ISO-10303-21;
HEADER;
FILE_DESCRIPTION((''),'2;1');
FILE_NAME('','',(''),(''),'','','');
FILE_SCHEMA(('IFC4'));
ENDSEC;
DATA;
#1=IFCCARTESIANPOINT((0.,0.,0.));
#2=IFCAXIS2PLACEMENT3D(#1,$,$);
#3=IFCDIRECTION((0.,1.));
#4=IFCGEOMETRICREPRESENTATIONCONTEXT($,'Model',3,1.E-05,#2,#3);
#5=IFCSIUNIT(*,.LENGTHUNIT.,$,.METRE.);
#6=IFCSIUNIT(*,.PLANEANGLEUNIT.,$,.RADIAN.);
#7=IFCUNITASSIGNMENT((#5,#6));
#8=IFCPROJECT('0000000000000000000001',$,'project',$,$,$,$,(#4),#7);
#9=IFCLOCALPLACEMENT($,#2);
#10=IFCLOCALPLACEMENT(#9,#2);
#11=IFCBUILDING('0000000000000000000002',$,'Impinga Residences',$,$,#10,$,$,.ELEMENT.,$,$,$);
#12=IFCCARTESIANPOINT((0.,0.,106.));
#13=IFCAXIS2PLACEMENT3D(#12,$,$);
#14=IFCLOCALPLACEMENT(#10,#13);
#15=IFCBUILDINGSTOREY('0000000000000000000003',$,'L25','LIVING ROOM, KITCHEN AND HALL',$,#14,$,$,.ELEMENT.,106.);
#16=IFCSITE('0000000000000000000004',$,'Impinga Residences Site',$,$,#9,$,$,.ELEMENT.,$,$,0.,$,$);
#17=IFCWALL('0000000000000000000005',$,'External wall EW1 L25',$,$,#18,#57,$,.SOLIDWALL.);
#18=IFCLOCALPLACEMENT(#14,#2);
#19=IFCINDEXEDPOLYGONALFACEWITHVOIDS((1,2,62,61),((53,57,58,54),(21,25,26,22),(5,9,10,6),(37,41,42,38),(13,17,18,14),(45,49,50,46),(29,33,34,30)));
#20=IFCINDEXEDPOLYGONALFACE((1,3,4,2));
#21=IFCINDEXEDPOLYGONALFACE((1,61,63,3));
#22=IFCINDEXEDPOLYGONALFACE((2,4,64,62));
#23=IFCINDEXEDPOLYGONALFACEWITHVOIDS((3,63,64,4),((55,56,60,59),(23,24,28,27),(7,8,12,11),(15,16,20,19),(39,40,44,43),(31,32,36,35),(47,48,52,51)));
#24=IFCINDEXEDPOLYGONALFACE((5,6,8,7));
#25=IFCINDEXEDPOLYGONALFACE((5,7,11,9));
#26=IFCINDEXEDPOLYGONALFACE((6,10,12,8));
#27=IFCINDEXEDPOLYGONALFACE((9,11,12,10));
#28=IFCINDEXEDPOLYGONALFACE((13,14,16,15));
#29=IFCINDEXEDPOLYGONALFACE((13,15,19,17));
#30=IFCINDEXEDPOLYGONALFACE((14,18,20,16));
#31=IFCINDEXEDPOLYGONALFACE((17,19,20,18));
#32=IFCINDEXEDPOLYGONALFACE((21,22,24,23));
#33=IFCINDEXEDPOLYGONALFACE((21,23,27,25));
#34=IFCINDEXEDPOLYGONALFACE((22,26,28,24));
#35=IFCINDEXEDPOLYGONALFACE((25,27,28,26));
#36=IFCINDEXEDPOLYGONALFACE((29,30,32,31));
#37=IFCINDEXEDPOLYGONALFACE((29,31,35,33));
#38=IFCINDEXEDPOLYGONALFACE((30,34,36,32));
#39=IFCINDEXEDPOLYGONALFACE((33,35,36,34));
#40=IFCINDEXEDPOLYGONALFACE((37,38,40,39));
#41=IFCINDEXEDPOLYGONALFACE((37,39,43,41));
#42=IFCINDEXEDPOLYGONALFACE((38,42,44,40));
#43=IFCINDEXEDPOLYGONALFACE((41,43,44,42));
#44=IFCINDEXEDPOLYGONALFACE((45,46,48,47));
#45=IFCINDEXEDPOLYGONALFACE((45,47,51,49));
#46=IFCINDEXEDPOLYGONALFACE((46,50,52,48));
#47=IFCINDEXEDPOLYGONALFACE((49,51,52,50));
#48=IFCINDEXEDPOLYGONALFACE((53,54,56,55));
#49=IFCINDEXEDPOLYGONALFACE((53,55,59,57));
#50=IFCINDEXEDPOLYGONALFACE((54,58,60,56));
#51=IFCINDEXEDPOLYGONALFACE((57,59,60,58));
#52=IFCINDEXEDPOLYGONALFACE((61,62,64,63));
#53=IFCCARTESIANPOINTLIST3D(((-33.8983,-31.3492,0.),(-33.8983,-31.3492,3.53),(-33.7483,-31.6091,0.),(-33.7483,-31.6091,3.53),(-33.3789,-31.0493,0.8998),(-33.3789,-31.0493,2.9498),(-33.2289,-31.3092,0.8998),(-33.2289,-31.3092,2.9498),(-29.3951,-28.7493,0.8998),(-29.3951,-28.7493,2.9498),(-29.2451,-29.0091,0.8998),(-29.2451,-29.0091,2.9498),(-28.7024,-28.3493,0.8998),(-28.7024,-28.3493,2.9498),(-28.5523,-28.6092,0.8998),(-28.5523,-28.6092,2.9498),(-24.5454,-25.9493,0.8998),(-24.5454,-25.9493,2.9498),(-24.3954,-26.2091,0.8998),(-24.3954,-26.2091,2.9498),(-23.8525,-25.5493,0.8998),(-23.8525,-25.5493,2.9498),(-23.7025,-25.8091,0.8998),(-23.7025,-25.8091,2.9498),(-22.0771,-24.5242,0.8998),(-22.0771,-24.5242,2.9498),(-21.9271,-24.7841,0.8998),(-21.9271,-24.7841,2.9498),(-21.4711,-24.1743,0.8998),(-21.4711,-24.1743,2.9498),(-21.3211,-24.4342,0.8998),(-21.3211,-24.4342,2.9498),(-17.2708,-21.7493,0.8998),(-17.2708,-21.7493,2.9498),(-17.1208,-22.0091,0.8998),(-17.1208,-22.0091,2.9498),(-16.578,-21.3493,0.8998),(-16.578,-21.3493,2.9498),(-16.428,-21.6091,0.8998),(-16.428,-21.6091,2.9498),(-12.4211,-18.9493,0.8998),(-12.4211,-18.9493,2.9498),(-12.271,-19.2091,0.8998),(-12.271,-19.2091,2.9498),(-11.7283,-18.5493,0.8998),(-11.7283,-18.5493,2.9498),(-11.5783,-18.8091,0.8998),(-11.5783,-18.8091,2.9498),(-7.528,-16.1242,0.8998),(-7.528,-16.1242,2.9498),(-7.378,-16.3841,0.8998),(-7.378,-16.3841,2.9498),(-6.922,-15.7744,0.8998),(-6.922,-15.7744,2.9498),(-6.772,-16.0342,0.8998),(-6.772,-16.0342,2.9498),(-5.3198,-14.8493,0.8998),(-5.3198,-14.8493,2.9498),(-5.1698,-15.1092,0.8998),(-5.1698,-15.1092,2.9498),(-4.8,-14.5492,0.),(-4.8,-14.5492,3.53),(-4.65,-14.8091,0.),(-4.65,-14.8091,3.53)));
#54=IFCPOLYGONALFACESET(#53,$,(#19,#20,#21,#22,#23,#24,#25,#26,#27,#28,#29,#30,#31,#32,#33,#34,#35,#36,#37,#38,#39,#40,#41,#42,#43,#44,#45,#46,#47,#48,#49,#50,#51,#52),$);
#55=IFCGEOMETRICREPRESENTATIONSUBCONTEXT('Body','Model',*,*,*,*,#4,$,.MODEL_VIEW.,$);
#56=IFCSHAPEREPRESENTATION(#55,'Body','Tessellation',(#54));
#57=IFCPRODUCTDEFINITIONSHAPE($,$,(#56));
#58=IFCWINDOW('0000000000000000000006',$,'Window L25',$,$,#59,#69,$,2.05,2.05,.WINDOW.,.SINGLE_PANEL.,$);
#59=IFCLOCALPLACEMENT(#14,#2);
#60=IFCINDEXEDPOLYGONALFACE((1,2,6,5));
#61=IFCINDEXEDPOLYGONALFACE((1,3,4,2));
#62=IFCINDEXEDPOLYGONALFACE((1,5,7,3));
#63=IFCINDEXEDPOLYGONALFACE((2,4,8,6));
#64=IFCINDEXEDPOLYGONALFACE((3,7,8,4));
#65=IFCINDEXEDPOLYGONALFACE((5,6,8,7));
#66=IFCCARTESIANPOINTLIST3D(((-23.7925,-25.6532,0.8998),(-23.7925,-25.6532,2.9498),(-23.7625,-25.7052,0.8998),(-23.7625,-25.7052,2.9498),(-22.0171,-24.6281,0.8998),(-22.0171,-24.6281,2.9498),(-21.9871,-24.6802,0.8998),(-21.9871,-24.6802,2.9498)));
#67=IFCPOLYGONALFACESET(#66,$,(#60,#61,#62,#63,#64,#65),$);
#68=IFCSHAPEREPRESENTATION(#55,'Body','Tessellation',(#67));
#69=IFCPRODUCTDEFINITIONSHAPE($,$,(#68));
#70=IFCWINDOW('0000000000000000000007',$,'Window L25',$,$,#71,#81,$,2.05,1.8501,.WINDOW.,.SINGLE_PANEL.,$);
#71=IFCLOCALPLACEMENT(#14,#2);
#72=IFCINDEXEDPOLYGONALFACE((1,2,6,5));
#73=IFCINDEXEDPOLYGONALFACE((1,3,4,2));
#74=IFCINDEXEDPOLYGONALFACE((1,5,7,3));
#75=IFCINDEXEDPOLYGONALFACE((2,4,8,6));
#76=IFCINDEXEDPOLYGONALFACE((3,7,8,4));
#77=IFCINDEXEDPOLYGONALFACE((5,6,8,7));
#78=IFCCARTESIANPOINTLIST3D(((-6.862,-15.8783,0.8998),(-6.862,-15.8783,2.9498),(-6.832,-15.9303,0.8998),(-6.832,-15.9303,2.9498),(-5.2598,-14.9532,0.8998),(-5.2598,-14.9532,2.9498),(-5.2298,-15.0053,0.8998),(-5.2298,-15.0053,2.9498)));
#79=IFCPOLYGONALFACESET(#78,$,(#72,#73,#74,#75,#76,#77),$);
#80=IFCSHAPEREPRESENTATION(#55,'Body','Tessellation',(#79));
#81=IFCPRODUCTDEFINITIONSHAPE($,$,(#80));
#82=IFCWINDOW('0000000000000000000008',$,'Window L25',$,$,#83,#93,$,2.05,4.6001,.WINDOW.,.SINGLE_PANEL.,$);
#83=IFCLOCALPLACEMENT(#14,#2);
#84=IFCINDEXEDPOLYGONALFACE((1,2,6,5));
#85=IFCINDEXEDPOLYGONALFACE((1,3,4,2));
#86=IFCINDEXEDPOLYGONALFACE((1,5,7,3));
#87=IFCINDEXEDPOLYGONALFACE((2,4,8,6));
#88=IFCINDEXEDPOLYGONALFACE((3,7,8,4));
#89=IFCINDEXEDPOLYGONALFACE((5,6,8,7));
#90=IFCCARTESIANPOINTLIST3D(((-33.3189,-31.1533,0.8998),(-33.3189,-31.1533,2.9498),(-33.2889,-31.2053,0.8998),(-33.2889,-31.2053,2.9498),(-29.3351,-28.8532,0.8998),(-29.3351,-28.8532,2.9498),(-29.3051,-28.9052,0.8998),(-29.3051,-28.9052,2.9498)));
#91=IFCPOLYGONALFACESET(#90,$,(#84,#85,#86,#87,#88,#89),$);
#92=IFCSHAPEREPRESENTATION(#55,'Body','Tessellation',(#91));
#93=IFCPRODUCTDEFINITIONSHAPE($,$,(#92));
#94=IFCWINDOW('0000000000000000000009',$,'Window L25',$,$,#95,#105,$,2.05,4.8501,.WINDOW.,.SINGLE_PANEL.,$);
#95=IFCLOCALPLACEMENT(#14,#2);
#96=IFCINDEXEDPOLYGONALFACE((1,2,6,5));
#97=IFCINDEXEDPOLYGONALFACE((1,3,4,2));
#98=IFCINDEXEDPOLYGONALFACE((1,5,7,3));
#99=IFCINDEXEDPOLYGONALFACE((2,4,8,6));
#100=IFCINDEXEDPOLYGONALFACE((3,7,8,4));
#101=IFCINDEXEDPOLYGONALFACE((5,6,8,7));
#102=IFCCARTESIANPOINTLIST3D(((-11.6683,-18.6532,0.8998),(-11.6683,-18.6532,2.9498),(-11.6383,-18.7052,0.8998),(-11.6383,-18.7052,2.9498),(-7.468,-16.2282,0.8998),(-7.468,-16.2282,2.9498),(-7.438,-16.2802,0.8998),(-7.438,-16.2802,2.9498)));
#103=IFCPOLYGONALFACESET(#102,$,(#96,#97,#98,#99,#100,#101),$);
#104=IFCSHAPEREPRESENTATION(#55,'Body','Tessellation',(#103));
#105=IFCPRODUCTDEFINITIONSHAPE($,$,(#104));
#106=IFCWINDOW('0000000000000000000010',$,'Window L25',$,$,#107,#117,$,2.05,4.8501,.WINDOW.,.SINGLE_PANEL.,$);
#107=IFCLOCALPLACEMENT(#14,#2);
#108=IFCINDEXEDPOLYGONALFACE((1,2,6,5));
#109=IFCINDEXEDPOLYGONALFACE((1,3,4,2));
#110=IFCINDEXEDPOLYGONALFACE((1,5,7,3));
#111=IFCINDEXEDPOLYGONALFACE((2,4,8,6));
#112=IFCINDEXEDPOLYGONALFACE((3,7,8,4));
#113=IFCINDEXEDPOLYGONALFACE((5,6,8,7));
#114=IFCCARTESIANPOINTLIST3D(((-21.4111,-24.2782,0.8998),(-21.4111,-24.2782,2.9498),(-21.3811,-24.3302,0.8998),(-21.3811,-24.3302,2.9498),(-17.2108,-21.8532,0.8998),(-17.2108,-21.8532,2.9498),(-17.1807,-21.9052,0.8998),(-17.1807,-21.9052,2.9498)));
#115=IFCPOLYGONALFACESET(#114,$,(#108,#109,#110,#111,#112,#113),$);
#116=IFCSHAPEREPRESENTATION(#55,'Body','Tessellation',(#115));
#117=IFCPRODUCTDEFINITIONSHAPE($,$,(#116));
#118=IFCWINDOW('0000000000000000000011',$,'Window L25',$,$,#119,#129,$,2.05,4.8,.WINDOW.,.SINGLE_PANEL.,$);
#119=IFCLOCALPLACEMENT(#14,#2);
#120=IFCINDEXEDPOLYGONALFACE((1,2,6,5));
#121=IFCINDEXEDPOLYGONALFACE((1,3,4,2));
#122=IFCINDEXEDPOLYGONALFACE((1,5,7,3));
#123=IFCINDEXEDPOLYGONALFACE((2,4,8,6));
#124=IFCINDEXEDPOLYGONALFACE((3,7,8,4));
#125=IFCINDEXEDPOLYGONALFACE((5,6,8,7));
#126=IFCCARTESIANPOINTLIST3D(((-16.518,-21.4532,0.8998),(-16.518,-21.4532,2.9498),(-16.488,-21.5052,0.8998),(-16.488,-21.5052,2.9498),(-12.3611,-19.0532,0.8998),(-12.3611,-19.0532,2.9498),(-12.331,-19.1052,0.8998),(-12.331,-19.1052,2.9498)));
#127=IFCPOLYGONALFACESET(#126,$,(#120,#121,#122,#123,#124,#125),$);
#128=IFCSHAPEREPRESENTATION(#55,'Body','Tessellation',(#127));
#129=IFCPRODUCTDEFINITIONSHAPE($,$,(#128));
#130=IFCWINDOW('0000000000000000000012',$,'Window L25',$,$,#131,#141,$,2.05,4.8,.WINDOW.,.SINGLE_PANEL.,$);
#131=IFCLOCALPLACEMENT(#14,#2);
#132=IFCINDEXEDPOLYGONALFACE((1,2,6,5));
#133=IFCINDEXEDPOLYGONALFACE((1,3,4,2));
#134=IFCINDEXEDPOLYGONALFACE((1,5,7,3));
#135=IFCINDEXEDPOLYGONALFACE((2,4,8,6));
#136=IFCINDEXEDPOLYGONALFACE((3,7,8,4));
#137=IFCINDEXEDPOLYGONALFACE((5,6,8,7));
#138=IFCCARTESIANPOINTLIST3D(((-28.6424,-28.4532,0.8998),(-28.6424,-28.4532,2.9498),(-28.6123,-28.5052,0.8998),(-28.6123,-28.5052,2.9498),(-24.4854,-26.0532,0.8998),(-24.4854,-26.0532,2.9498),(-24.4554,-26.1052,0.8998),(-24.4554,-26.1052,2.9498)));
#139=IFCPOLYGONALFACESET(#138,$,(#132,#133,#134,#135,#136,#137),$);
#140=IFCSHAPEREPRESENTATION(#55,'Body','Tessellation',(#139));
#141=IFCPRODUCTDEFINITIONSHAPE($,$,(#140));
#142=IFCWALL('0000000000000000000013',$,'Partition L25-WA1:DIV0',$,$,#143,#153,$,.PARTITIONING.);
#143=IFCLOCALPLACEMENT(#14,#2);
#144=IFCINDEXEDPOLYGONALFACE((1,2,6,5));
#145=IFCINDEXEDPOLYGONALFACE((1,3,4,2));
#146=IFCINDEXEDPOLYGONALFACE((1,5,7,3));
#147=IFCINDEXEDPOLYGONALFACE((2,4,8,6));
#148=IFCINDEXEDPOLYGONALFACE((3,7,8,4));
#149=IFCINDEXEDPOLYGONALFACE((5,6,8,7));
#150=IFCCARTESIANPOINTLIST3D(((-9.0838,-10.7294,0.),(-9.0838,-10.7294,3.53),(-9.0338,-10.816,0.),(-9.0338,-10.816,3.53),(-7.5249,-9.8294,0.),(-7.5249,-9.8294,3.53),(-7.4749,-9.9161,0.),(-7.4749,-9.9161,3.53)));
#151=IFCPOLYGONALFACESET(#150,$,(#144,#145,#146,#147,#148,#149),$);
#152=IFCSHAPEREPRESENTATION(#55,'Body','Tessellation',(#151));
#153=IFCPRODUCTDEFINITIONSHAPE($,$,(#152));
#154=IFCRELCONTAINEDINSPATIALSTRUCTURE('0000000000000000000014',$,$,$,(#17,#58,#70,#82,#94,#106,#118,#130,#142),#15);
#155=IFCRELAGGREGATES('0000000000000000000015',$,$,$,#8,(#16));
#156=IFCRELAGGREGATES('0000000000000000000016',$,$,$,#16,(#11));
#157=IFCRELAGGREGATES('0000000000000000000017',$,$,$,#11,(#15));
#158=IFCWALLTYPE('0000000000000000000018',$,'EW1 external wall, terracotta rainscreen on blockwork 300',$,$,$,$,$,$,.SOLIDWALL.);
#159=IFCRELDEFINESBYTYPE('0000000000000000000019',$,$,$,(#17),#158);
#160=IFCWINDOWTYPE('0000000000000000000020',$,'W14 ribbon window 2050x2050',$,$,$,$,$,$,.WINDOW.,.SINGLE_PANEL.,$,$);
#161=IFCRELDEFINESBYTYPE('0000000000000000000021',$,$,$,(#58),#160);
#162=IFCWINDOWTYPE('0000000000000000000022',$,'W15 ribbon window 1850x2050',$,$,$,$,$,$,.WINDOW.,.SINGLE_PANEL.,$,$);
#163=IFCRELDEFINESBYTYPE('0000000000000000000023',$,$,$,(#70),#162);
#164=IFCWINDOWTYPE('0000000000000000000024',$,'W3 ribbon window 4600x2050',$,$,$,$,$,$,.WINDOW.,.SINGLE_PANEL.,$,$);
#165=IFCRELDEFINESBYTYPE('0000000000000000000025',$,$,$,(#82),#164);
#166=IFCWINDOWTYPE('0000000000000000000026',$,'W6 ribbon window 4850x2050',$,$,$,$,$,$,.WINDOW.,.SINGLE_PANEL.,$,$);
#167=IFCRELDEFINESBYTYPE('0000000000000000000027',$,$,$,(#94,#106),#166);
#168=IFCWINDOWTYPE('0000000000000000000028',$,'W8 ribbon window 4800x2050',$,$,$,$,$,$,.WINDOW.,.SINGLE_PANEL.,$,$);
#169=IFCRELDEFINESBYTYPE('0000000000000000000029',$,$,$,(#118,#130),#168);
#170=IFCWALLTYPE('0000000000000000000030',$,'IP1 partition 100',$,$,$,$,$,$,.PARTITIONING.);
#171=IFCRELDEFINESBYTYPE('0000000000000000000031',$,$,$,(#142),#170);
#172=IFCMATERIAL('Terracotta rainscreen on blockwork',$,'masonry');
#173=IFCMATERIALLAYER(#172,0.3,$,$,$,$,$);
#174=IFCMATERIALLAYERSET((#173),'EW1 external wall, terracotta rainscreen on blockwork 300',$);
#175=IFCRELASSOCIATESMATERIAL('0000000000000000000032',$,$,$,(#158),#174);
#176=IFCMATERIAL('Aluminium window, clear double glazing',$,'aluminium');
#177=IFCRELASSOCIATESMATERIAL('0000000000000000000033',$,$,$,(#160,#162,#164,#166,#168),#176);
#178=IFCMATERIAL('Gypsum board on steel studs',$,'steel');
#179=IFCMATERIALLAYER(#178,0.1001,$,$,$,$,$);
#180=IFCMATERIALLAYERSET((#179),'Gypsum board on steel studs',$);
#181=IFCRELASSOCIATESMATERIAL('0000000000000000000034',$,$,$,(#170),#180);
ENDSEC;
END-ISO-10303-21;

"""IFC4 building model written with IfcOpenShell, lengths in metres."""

from ifc_helpers import new_model, si_unit, direction, frame, frame_2d, origin, place, context, subcontext, project, spatial, rectangle, extrude, material, layer, layer_set, type_object, element, fill, save


model = new_model("IFC4")

# Units and contexts
model_context = context("Model", 3, precision=1e-05, world=origin(), true_north=direction((0.0, 1.0)))
body_context = subcontext(model_context, "Body", "Model", "MODEL_VIEW")
ifc_project = project(units=[si_unit("LENGTHUNIT", "METRE"), si_unit("PLANEANGLEUNIT", "RADIAN")], contexts=[model_context])

# Site, building, storey
site_placement = place(None, origin())
site = spatial("IfcSite", under=ifc_project, at=site_placement, Name="Impinga Residences Site", CompositionType="ELEMENT", RefElevation=0.0)
building_placement = place(site_placement, origin())
building = spatial("IfcBuilding", under=site, at=building_placement, Name="Impinga Residences", CompositionType="ELEMENT")
storey_placement = place(building_placement, frame((0.0, 0.0, 106.0)))
storey = spatial("IfcBuildingStorey", under=building, at=storey_placement, Name="L25", Description="LIVING ROOM, KITCHEN AND HALL", CompositionType="ELEMENT", Elevation=106.0)

# Shared definitions
ifc_material_1 = material(Name="Terracotta rainscreen on blockwork", Category="masonry")
ifc_layer_1 = layer(ifc_material_1, 0.3)
ifc_layer_set_1 = layer_set([ifc_layer_1], Name="EW1 external wall, terracotta rainscreen on blockwork 300")
wall_type_1 = type_object("IfcWallType", Name="EW1 external wall, terracotta rainscreen on blockwork 300", PredefinedType="SOLIDWALL", material=ifc_layer_set_1)

# Wall, openings, windows
wall_1_placement = place(storey_placement, frame((-4.7251, -14.6792, 0.0), z_axis=(0.0, 0.0, 1.0), x_axis=(-0.866024, -0.500002, 0.0)))
wall_1 = element("IfcWall", 1, at=wall_1_placement, inside=storey, type_object=wall_type_1, Name="External wall EW1 L25", PredefinedType="SOLIDWALL", context=body_context, shape_type="SweptSolid", body=[
    extrude(rectangle(XDim=33.5999, YDim=0.3, at=frame_2d((16.7998, 0.0))), origin(), (0.0, 0.0, 1.0), 3.53),
])
opening_1_placement = place(wall_1_placement, frame((0.6001, 0.0, 0.8999)))
opening_1 = element("IfcOpeningElement", 2, at=opening_1_placement, cuts=wall_1, PredefinedType="OPENING", context=body_context, shape_type="SweptSolid", body=[
    extrude(rectangle(XDim=1.8501, YDim=2.05, at=frame_2d((0.925, 1.0249))), frame((0.0, 0.1599, 0.0), z_axis=(0.0, -1.0, 0.0), x_axis=(1.0, 0.0, 0.0)), (0.0, 0.0, 1.0), 0.3201),
])
opening_2_placement = place(wall_1_placement, frame((3.1499, 0.0, 0.8999)))
opening_2 = element("IfcOpeningElement", 3, at=opening_2_placement, cuts=wall_1, PredefinedType="OPENING", context=body_context, shape_type="SweptSolid", body=[
    extrude(rectangle(XDim=4.8501, YDim=2.05, at=frame_2d((2.425, 1.0249))), frame((0.0, 0.1599, 0.0), z_axis=(0.0, -1.0, 0.0), x_axis=(1.0, 0.0, 0.0)), (0.0, 0.0, 1.0), 0.3201),
])
opening_3_placement = place(wall_1_placement, frame((8.8, 0.0, 0.8999)))
opening_3 = element("IfcOpeningElement", 4, at=opening_3_placement, cuts=wall_1, PredefinedType="OPENING", context=body_context, shape_type="SweptSolid", body=[
    extrude(rectangle(XDim=4.8, YDim=2.05, at=frame_2d((2.3999, 1.0249))), frame((0.0, 0.1599, 0.0), z_axis=(0.0, -1.0, 0.0), x_axis=(1.0, 0.0, 0.0)), (0.0, 0.0, 1.0), 0.3201),
])
opening_4_placement = place(wall_1_placement, frame((14.3999, 0.0, 0.8999)))
opening_4 = element("IfcOpeningElement", 5, at=opening_4_placement, cuts=wall_1, PredefinedType="OPENING", context=body_context, shape_type="SweptSolid", body=[
    extrude(rectangle(XDim=4.8501, YDim=2.05, at=frame_2d((2.425, 1.0249))), frame((0.0, 0.1599, 0.0), z_axis=(0.0, -1.0, 0.0), x_axis=(1.0, 0.0, 0.0)), (0.0, 0.0, 1.0), 0.3201),
])
opening_5_placement = place(wall_1_placement, frame((19.95, 0.0, 0.8999)))
opening_5 = element("IfcOpeningElement", 6, at=opening_5_placement, cuts=wall_1, PredefinedType="OPENING", context=body_context, shape_type="SweptSolid", body=[
    extrude(rectangle(XDim=2.05, YDim=2.05, at=frame_2d((1.0249, 1.0249))), frame((0.0, 0.1599, 0.0), z_axis=(0.0, -1.0, 0.0), x_axis=(1.0, 0.0, 0.0)), (0.0, 0.0, 1.0), 0.3201),
])
opening_6_placement = place(wall_1_placement, frame((22.8, 0.0, 0.8999)))
opening_6 = element("IfcOpeningElement", 7, at=opening_6_placement, cuts=wall_1, PredefinedType="OPENING", context=body_context, shape_type="SweptSolid", body=[
    extrude(rectangle(XDim=4.8, YDim=2.05, at=frame_2d((2.3999, 1.0249))), frame((0.0, 0.1599, 0.0), z_axis=(0.0, -1.0, 0.0), x_axis=(1.0, 0.0, 0.0)), (0.0, 0.0, 1.0), 0.3201),
])
opening_7_placement = place(wall_1_placement, frame((28.3999, 0.0, 0.8999)))
opening_7 = element("IfcOpeningElement", 8, at=opening_7_placement, cuts=wall_1, PredefinedType="OPENING", context=body_context, shape_type="SweptSolid", body=[
    extrude(rectangle(XDim=4.6001, YDim=2.05, at=frame_2d((2.3, 1.0249))), frame((0.0, 0.1599, 0.0), z_axis=(0.0, -1.0, 0.0), x_axis=(1.0, 0.0, 0.0)), (0.0, 0.0, 1.0), 0.3201),
])
ifc_material_2 = material(Name="Aluminium window, clear double glazing", Category="aluminium")
window_type_1 = type_object("IfcWindowType", Name="W14 ribbon window 2050x2050", PartitioningType="SINGLE_PANEL", PredefinedType="WINDOW", material=ifc_material_2)
window_1_placement = place(opening_5_placement, origin())
window_1 = element("IfcWindow", 9, at=window_1_placement, inside=storey, type_object=window_type_1, Name="Window L25", OverallHeight=2.05, OverallWidth=2.05, PartitioningType="SINGLE_PANEL", PredefinedType="WINDOW", context=body_context, shape_type="SweptSolid", body=[
    extrude(rectangle(XDim=2.05, YDim=2.05, at=frame_2d((1.0249, 1.0249))), frame((0.0, 0.03, 0.0), z_axis=(0.0, -1.0, 0.0), x_axis=(1.0, 0.0, 0.0)), (0.0, 0.0, 1.0), 0.0601),
])
fill(opening_5, window_1)
window_type_2 = type_object("IfcWindowType", Name="W15 ribbon window 1850x2050", PartitioningType="SINGLE_PANEL", PredefinedType="WINDOW", material=ifc_material_2)
window_2_placement = place(opening_1_placement, origin())
window_2 = element("IfcWindow", 10, at=window_2_placement, inside=storey, type_object=window_type_2, Name="Window L25", OverallHeight=2.05, OverallWidth=1.8501, PartitioningType="SINGLE_PANEL", PredefinedType="WINDOW", context=body_context, shape_type="SweptSolid", body=[
    extrude(rectangle(XDim=1.8501, YDim=2.05, at=frame_2d((0.925, 1.0249))), frame((0.0, 0.03, 0.0), z_axis=(0.0, -1.0, 0.0), x_axis=(1.0, 0.0, 0.0)), (0.0, 0.0, 1.0), 0.0601),
])
fill(opening_1, window_2)
window_type_3 = type_object("IfcWindowType", Name="W3 ribbon window 4600x2050", PartitioningType="SINGLE_PANEL", PredefinedType="WINDOW", material=ifc_material_2)
window_3_placement = place(opening_7_placement, origin())
window_3 = element("IfcWindow", 11, at=window_3_placement, inside=storey, type_object=window_type_3, Name="Window L25", OverallHeight=2.05, OverallWidth=4.6001, PartitioningType="SINGLE_PANEL", PredefinedType="WINDOW", context=body_context, shape_type="SweptSolid", body=[
    extrude(rectangle(XDim=4.6001, YDim=2.05, at=frame_2d((2.3, 1.0249))), frame((0.0, 0.03, 0.0), z_axis=(0.0, -1.0, 0.0), x_axis=(1.0, 0.0, 0.0)), (0.0, 0.0, 1.0), 0.0601),
])
fill(opening_7, window_3)
window_type_4 = type_object("IfcWindowType", Name="W6 ribbon window 4850x2050", PartitioningType="SINGLE_PANEL", PredefinedType="WINDOW", material=ifc_material_2)
window_4_placement = place(opening_2_placement, origin())
window_4 = element("IfcWindow", 12, at=window_4_placement, inside=storey, type_object=window_type_4, Name="Window L25", OverallHeight=2.05, OverallWidth=4.8501, PartitioningType="SINGLE_PANEL", PredefinedType="WINDOW", context=body_context, shape_type="SweptSolid", body=[
    extrude(rectangle(XDim=4.8501, YDim=2.05, at=frame_2d((2.425, 1.0249))), frame((0.0, 0.03, 0.0), z_axis=(0.0, -1.0, 0.0), x_axis=(1.0, 0.0, 0.0)), (0.0, 0.0, 1.0), 0.0601),
])
fill(opening_2, window_4)
window_5_placement = place(opening_4_placement, origin())
window_5 = element("IfcWindow", 13, at=window_5_placement, inside=storey, type_object=window_type_4, Name="Window L25", OverallHeight=2.05, OverallWidth=4.8501, PartitioningType="SINGLE_PANEL", PredefinedType="WINDOW", context=body_context, shape_type="SweptSolid", body=[
    extrude(rectangle(XDim=4.8501, YDim=2.05, at=frame_2d((2.425, 1.0249))), frame((0.0, 0.03, 0.0), z_axis=(0.0, -1.0, 0.0), x_axis=(1.0, 0.0, 0.0)), (0.0, 0.0, 1.0), 0.0601),
])
fill(opening_4, window_5)
window_type_5 = type_object("IfcWindowType", Name="W8 ribbon window 4800x2050", PartitioningType="SINGLE_PANEL", PredefinedType="WINDOW", material=ifc_material_2)
window_6_placement = place(opening_3_placement, origin())
window_6 = element("IfcWindow", 14, at=window_6_placement, inside=storey, type_object=window_type_5, Name="Window L25", OverallHeight=2.05, OverallWidth=4.8, PartitioningType="SINGLE_PANEL", PredefinedType="WINDOW", context=body_context, shape_type="SweptSolid", body=[
    extrude(rectangle(XDim=4.8, YDim=2.05, at=frame_2d((2.3999, 1.0249))), frame((0.0, 0.03, 0.0), z_axis=(0.0, -1.0, 0.0), x_axis=(1.0, 0.0, 0.0)), (0.0, 0.0, 1.0), 0.0601),
])
fill(opening_3, window_6)
window_7_placement = place(opening_6_placement, origin())
window_7 = element("IfcWindow", 15, at=window_7_placement, inside=storey, type_object=window_type_5, Name="Window L25", OverallHeight=2.05, OverallWidth=4.8, PartitioningType="SINGLE_PANEL", PredefinedType="WINDOW", context=body_context, shape_type="SweptSolid", body=[
    extrude(rectangle(XDim=4.8, YDim=2.05, at=frame_2d((2.3999, 1.0249))), frame((0.0, 0.03, 0.0), z_axis=(0.0, -1.0, 0.0), x_axis=(1.0, 0.0, 0.0)), (0.0, 0.0, 1.0), 0.0601),
])
fill(opening_6, window_7)

# Wall
ifc_material_3 = material(Name="Gypsum board on steel studs", Category="steel")
ifc_layer_2 = layer(ifc_material_3, 0.1001)
ifc_layer_set_2 = layer_set([ifc_layer_2], Name="Gypsum board on steel studs")
wall_type_2 = type_object("IfcWallType", Name="IP1 partition 100", PredefinedType="PARTITIONING", material=ifc_layer_set_2)
wall_2_placement = place(storey_placement, frame((-7.5, -9.8728, 0.0), z_axis=(0.0, 0.0, 1.0), x_axis=(-0.866048, -0.499961, 0.0)))
element("IfcWall", 16, at=wall_2_placement, inside=storey, type_object=wall_type_2, Name="Partition L25-WA1:DIV0", PredefinedType="PARTITIONING", context=body_context, shape_type="SweptSolid", body=[
    extrude(rectangle(XDim=1.8, YDim=0.1001, at=frame_2d((0.8999, 0.0))), origin(), (0.0, 0.0, 1.0), 3.53),
])

save(model, "model.ifc")
